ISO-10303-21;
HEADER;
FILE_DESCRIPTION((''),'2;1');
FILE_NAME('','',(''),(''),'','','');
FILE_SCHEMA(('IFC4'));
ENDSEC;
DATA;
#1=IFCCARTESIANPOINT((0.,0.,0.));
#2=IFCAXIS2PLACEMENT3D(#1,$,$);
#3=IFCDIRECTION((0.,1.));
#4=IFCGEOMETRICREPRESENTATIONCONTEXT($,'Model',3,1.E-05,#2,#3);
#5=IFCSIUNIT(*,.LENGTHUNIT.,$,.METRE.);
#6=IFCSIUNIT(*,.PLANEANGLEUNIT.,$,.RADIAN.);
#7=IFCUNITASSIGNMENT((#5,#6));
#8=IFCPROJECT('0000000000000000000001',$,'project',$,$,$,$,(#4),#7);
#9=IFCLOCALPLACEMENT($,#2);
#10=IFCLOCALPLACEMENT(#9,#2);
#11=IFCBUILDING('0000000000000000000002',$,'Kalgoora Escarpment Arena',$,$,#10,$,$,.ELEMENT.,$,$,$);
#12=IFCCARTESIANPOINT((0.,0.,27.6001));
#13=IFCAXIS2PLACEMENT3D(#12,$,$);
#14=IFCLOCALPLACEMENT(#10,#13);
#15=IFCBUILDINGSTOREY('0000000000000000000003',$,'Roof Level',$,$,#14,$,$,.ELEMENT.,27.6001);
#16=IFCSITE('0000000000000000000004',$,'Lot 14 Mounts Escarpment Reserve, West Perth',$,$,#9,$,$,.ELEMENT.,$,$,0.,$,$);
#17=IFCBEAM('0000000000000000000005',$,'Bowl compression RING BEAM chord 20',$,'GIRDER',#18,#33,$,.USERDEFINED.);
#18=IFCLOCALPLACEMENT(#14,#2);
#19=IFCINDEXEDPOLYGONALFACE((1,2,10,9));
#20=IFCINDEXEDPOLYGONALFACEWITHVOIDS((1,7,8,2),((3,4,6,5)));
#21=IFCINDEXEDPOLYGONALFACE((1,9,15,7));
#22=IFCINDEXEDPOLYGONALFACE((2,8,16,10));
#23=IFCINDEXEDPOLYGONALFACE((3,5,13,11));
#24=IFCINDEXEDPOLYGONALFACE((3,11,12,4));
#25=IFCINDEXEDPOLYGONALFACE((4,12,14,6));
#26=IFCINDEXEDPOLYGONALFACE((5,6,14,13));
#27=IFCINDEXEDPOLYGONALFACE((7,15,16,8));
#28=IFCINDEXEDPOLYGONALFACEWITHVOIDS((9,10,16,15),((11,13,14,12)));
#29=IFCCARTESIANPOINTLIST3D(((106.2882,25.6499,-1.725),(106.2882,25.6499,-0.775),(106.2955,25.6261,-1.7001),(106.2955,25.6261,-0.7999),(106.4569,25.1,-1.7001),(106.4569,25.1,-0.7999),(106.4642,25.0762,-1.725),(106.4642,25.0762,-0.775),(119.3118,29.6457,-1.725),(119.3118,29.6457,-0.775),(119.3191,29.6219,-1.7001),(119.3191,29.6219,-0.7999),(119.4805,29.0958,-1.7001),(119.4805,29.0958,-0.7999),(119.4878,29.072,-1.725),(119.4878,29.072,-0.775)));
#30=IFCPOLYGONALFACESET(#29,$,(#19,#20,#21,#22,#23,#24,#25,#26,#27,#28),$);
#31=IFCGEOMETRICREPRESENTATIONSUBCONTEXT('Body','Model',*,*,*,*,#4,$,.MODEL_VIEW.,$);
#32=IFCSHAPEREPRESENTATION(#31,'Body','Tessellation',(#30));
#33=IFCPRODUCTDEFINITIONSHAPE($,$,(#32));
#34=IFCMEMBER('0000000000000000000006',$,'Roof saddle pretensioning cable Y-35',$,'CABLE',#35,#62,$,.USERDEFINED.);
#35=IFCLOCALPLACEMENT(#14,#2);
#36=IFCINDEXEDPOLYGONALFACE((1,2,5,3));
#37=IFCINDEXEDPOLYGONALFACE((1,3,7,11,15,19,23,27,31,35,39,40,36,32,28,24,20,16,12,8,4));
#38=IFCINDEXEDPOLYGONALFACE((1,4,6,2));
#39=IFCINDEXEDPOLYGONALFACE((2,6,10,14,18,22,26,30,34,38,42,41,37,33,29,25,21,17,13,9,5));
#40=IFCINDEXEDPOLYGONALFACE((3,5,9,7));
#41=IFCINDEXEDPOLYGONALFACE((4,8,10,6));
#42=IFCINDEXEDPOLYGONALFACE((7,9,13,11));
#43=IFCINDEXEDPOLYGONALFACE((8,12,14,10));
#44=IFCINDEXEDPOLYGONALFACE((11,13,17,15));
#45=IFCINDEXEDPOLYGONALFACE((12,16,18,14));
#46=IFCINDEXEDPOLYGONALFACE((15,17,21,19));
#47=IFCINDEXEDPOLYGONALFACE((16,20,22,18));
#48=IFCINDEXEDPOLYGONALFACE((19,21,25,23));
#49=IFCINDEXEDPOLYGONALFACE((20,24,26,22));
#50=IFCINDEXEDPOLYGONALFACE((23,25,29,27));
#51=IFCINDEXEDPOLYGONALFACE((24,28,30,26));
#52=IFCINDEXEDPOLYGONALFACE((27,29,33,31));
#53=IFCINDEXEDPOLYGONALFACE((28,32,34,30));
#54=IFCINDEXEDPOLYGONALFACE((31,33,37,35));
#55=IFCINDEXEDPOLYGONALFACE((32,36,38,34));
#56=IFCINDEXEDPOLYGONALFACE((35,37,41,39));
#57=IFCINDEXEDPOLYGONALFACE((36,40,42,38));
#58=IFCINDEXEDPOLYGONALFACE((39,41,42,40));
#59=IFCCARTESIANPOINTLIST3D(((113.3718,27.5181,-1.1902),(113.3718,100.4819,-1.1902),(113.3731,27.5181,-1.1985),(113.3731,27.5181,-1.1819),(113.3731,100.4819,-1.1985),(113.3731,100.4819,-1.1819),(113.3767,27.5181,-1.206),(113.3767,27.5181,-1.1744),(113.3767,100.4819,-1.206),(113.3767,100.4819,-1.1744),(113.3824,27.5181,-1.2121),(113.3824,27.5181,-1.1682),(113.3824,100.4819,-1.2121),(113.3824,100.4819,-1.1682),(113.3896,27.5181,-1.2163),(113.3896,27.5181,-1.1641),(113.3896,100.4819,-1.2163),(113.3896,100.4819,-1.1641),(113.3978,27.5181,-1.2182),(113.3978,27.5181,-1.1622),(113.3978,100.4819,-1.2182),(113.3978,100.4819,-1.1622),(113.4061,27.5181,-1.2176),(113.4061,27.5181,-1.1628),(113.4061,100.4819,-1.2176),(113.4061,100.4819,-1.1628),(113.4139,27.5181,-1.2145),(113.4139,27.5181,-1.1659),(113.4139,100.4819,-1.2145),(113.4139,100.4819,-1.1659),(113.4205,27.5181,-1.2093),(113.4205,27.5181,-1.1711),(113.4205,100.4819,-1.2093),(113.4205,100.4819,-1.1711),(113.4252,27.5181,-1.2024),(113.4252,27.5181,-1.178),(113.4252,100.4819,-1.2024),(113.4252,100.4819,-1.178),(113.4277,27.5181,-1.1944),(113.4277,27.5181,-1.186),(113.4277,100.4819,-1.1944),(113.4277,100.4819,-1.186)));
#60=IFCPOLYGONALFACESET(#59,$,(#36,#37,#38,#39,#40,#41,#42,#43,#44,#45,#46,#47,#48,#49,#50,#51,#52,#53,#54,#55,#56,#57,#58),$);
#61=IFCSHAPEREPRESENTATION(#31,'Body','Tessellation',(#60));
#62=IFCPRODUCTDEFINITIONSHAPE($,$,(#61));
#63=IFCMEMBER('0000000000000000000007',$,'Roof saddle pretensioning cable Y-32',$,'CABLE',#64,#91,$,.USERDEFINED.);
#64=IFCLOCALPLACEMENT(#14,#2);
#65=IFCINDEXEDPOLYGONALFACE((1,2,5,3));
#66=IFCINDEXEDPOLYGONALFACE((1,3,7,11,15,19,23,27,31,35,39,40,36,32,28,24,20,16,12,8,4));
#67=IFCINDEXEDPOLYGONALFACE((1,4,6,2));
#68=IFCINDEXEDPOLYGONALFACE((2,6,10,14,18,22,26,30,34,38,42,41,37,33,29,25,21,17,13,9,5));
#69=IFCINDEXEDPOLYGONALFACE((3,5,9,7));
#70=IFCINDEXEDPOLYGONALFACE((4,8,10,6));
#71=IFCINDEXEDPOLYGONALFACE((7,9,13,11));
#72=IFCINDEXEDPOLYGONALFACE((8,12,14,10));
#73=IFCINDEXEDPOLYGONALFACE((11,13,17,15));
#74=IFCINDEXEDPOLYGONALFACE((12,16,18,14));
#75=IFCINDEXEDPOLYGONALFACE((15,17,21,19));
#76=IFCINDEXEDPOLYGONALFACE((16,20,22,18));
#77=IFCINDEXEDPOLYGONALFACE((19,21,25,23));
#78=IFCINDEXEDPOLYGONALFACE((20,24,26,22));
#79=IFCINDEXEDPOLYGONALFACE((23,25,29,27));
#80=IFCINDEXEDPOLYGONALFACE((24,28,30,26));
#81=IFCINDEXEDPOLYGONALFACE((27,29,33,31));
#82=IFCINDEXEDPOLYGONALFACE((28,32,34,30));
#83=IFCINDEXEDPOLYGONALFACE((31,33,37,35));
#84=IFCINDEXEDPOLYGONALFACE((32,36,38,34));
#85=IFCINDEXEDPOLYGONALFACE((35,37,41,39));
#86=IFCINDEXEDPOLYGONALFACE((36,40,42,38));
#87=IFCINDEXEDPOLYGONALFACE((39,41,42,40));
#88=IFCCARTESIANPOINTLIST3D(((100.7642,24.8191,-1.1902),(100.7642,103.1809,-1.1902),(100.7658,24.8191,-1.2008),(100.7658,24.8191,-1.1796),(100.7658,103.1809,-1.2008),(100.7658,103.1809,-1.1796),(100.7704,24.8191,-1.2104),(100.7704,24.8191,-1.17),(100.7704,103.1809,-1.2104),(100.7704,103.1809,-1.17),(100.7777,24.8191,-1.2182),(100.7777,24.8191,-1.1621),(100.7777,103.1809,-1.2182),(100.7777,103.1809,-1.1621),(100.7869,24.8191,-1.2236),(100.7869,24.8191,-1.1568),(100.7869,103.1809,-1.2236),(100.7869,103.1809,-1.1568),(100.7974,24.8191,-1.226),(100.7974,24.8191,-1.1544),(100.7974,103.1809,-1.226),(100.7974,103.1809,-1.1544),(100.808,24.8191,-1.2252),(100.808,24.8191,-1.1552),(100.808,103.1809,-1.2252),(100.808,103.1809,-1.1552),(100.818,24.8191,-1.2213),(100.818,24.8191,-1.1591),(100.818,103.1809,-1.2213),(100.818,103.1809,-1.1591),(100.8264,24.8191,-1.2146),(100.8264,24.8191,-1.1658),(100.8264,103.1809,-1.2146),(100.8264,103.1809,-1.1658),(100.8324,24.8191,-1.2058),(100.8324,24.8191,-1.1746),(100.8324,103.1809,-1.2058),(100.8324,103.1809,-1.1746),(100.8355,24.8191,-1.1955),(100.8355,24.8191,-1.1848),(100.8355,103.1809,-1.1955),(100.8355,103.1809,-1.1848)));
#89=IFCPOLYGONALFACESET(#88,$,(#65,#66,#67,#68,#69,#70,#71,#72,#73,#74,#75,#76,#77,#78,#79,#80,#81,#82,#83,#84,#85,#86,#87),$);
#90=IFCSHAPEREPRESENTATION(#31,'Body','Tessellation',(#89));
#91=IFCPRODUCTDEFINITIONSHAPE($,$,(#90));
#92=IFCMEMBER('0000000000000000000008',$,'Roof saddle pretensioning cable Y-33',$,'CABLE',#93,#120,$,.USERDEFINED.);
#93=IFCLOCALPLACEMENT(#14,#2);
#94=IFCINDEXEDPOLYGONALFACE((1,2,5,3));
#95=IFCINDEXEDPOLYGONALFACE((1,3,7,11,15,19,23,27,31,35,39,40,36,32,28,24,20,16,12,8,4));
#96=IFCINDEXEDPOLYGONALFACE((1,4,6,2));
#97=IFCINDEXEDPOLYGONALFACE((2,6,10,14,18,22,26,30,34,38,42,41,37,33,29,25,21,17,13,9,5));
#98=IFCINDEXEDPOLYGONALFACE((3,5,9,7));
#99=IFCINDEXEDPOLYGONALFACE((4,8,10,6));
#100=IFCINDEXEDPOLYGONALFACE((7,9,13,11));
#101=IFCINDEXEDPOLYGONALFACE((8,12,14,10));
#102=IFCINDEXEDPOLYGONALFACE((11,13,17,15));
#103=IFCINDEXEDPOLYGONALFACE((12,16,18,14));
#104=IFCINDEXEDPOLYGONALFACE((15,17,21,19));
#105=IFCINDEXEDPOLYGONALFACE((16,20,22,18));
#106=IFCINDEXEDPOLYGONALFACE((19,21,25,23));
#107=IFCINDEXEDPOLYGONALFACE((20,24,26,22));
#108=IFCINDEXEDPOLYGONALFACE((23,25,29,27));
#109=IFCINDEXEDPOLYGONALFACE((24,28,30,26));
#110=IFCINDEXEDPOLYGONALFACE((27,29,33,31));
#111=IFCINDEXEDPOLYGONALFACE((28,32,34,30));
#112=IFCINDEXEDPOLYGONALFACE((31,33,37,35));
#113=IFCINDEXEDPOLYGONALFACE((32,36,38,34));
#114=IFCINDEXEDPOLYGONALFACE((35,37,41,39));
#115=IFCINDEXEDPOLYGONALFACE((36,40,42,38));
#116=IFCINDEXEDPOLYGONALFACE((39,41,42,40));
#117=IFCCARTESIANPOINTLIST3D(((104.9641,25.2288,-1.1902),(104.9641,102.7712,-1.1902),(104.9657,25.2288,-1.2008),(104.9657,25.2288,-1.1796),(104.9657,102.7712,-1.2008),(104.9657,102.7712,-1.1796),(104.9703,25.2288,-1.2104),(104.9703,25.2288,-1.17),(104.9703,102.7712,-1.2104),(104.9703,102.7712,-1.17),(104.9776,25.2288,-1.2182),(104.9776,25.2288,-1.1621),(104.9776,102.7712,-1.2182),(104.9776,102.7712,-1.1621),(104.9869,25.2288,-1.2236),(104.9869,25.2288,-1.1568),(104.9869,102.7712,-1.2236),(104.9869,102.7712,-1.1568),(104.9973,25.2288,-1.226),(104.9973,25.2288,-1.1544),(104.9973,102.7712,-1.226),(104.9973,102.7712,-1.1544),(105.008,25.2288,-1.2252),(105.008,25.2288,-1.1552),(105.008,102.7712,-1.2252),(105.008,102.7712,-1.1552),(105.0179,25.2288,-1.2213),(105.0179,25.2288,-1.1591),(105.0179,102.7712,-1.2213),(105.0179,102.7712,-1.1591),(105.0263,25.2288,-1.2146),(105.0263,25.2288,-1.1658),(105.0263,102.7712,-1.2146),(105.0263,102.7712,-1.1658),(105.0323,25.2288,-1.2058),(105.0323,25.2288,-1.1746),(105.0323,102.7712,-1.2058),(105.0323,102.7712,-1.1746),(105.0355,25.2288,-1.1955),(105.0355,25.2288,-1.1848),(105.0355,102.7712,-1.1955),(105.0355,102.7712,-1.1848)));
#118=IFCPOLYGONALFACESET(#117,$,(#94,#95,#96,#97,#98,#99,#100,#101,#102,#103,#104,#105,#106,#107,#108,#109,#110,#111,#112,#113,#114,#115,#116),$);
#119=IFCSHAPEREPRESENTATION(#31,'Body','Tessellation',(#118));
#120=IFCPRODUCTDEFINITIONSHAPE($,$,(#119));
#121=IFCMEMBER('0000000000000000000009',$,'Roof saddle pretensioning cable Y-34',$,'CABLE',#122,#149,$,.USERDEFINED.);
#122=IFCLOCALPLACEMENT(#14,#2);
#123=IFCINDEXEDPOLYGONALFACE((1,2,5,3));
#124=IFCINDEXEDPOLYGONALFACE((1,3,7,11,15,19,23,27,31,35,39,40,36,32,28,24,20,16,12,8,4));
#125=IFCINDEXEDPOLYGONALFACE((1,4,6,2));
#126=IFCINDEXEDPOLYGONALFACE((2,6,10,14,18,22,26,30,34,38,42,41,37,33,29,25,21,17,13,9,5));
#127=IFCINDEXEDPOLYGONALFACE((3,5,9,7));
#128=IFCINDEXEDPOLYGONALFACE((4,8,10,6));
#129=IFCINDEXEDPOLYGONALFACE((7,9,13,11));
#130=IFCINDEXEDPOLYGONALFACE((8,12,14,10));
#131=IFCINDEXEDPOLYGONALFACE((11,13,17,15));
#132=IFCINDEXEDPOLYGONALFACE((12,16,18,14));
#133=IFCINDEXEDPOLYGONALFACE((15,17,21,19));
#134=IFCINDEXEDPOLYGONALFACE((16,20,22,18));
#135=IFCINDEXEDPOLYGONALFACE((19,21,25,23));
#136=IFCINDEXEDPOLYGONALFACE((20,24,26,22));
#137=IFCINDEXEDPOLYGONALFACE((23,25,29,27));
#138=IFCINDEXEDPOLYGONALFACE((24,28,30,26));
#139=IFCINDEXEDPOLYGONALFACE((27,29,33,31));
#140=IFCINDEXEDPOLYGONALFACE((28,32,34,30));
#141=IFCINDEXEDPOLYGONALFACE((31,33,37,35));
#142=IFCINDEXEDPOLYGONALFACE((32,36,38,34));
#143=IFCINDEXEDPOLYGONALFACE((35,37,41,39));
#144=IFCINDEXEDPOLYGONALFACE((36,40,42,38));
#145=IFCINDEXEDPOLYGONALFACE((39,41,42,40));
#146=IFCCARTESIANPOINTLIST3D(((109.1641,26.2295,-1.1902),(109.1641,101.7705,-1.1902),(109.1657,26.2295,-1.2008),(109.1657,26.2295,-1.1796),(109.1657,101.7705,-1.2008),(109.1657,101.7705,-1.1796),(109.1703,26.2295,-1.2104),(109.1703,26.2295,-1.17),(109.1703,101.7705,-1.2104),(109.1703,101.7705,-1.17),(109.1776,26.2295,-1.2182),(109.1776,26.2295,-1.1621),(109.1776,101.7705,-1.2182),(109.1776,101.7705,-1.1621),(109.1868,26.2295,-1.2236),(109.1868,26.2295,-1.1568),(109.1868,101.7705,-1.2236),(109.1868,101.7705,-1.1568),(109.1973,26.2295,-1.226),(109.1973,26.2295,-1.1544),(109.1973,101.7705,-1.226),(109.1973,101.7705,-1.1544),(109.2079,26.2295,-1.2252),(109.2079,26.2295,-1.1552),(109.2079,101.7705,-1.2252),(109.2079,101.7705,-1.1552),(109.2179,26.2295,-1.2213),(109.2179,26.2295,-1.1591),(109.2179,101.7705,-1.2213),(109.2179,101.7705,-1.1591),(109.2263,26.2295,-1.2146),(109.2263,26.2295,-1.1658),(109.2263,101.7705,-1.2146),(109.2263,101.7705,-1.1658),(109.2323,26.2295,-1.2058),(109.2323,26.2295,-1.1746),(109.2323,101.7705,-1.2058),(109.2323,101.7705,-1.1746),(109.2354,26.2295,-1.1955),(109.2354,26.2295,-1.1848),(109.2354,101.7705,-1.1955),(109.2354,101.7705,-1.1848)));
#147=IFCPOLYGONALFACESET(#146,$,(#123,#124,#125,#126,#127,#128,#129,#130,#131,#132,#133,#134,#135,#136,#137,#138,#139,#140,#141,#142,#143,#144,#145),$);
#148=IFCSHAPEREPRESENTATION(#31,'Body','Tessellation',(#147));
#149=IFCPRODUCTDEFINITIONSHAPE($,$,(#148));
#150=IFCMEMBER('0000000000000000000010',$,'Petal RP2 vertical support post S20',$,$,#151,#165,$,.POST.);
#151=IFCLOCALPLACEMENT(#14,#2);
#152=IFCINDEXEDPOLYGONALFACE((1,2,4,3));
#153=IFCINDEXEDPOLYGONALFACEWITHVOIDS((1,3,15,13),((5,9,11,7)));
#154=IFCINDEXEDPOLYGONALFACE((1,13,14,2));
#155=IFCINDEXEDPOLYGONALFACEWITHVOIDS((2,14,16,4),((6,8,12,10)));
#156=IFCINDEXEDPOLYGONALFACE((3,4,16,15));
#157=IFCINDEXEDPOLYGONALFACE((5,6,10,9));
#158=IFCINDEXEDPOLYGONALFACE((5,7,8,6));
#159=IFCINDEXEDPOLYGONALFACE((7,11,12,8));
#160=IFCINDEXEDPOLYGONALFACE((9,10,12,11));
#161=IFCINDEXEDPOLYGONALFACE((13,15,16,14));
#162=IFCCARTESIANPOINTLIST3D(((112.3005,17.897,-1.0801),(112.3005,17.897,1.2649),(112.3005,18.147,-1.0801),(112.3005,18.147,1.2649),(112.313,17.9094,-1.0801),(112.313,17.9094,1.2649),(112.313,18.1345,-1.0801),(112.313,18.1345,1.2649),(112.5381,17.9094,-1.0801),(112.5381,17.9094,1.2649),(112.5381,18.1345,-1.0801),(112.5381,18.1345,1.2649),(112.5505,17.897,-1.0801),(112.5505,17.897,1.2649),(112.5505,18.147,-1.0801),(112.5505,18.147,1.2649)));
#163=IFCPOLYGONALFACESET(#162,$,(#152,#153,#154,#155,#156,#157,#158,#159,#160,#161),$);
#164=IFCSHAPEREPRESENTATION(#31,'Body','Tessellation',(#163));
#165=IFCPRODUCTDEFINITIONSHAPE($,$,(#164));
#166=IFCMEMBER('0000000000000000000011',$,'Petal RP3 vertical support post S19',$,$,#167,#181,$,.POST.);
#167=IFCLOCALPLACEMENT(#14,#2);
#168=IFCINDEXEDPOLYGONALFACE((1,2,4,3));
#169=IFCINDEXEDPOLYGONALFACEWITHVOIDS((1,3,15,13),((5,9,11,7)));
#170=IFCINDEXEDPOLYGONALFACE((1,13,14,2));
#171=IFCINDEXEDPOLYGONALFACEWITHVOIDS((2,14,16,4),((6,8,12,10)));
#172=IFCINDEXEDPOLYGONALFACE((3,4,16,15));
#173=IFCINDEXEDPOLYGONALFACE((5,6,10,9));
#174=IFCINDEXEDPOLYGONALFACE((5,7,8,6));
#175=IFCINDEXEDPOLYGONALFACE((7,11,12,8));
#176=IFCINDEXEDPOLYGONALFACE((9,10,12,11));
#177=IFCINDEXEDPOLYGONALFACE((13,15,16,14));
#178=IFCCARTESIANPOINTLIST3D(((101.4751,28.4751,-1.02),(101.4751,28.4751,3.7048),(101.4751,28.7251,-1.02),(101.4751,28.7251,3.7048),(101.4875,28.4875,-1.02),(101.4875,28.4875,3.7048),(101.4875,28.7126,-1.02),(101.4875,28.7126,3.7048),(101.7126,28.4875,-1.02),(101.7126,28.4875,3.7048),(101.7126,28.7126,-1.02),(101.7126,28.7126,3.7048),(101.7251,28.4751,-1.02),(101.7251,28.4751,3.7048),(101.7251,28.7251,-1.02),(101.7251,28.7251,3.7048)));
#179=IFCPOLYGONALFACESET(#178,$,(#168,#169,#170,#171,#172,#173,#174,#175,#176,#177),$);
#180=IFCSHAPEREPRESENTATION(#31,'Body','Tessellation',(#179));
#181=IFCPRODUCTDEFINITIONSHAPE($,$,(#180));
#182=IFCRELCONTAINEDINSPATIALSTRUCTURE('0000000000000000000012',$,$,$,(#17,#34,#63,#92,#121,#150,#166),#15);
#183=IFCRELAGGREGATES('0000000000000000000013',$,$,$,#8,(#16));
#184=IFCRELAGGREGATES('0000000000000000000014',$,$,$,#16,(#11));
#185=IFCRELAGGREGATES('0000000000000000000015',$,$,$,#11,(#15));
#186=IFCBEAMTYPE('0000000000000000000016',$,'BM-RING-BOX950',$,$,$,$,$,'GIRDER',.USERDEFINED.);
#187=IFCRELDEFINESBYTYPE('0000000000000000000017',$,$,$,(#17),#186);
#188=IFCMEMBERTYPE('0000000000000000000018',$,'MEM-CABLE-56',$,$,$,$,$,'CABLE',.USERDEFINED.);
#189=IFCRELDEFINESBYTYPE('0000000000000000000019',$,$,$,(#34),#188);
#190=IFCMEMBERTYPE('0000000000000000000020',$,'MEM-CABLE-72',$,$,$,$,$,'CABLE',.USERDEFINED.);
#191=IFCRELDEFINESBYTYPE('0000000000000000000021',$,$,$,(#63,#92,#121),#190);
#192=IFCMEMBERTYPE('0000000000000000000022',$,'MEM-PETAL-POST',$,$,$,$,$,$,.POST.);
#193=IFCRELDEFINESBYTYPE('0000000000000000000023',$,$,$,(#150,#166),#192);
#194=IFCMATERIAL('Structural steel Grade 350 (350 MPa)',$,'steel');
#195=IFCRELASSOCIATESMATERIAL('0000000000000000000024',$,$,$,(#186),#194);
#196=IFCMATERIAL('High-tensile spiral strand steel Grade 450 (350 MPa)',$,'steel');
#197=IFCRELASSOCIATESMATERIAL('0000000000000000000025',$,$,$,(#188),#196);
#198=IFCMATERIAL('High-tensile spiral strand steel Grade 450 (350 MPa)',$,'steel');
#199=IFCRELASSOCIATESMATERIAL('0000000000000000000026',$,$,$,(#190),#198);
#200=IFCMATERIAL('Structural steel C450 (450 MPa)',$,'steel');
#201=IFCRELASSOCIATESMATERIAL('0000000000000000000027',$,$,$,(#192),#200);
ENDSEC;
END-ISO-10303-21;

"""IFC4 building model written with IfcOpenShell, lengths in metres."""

from ifc_helpers import new_model, si_unit, direction, frame, origin, origin_2d, place, context, subcontext, project, spatial, hollow_rectangle, circle, extrude, material, material_profile, profile_set, type_object, element, save


model = new_model("IFC4")

# Units and contexts
model_context = context("Model", 3, precision=1e-05, world=origin(), true_north=direction((0.0, 1.0)))
body_context = subcontext(model_context, "Body", "Model", "MODEL_VIEW")
ifc_project = project(units=[si_unit("LENGTHUNIT", "METRE"), si_unit("PLANEANGLEUNIT", "RADIAN")], contexts=[model_context])

# Site, building, storey
site_placement = place(None, origin())
site = spatial("IfcSite", under=ifc_project, at=site_placement, Name="Lot 14 Mounts Escarpment Reserve, West Perth", CompositionType="ELEMENT", RefElevation=0.0)
building_placement = place(site_placement, origin())
building = spatial("IfcBuilding", under=site, at=building_placement, Name="Kalgoora Escarpment Arena", CompositionType="ELEMENT")
storey_placement = place(building_placement, frame((0.0, 0.0, 27.6001)))
storey = spatial("IfcBuildingStorey", under=building, at=storey_placement, Name="Roof Level", CompositionType="ELEMENT", Elevation=27.6001)

# Beam
ifc_material_1 = material(Name="Structural steel Grade 350 (350 MPa)", Category="steel")
ifc_material_profile_1 = material_profile(ifc_material_1, hollow_rectangle(XDim=0.6001, YDim=0.95, WallThickness=0.0249, at=origin_2d()))
ifc_profile_set_1 = profile_set([ifc_material_profile_1], Name="Structural steel Grade 350 (350 MPa)")
beam_type = type_object("IfcBeamType", Name="BM-RING-BOX950", ElementType="GIRDER", PredefinedType="USERDEFINED", material=ifc_profile_set_1)
beam_placement = place(storey_placement, frame((106.3762, 25.363, -1.25), z_axis=(0.956015, 0.293319, 0.0), x_axis=(-0.293319, 0.956015, 0.0)))
element("IfcBeam", 1, at=beam_placement, inside=storey, type_object=beam_type, Name="Bowl compression RING BEAM chord 20", ObjectType="GIRDER", PredefinedType="USERDEFINED", context=body_context, shape_type="SweptSolid", body=[
    extrude(hollow_rectangle(XDim=0.6001, YDim=0.95, WallThickness=0.0249, at=origin_2d()), origin(), (0.0, 0.0, 1.0), 13.6228),
])

# Members
ifc_material_2 = material(Name="High-tensile spiral strand steel Grade 450 (350 MPa)", Category="steel")
ifc_material_profile_2 = material_profile(ifc_material_2, circle(Radius=0.0281, at=origin_2d()))
ifc_profile_set_2 = profile_set([ifc_material_profile_2], Name="High-tensile spiral strand steel Grade 450 (350 MPa)")
member_type_1 = type_object("IfcMemberType", Name="MEM-CABLE-56", ElementType="CABLE", PredefinedType="USERDEFINED", material=ifc_profile_set_2)
member_1_placement = place(storey_placement, frame((113.3999, 27.5181, -1.1902), z_axis=(0.0, 1.0, 0.0), x_axis=(-1.0, 0.0, 0.0)))
element("IfcMember", 2, at=member_1_placement, inside=storey, type_object=member_type_1, Name="Roof saddle pretensioning cable Y-35", ObjectType="CABLE", PredefinedType="USERDEFINED", context=body_context, shape_type="SweptSolid", body=[
    extrude(circle(Radius=0.0281, at=origin_2d()), origin(), (0.0, 0.0, 1.0), 72.9639),
])
ifc_material_3 = material(Name="High-tensile spiral strand steel Grade 450 (350 MPa)", Category="steel")
ifc_material_profile_3 = material_profile(ifc_material_3, circle(Radius=0.0359, at=origin_2d()))
ifc_profile_set_3 = profile_set([ifc_material_profile_3], Name="High-tensile spiral strand steel Grade 450 (350 MPa)")
member_type_2 = type_object("IfcMemberType", Name="MEM-CABLE-72", ElementType="CABLE", PredefinedType="USERDEFINED", material=ifc_profile_set_3)
member_2_placement = place(storey_placement, frame((100.8, 24.8191, -1.1902), z_axis=(0.0, 1.0, 0.0), x_axis=(-1.0, 0.0, 0.0)))
element("IfcMember", 3, at=member_2_placement, inside=storey, type_object=member_type_2, Name="Roof saddle pretensioning cable Y-32", ObjectType="CABLE", PredefinedType="USERDEFINED", context=body_context, shape_type="SweptSolid", body=[
    extrude(circle(Radius=0.0359, at=origin_2d()), origin(), (0.0, 0.0, 1.0), 78.3618),
])
member_3_placement = place(storey_placement, frame((105.0, 25.2288, -1.1902), z_axis=(0.0, 1.0, 0.0), x_axis=(-1.0, 0.0, 0.0)))
element("IfcMember", 4, at=member_3_placement, inside=storey, type_object=member_type_2, Name="Roof saddle pretensioning cable Y-33", ObjectType="CABLE", PredefinedType="USERDEFINED", context=body_context, shape_type="SweptSolid", body=[
    extrude(circle(Radius=0.0359, at=origin_2d()), origin(), (0.0, 0.0, 1.0), 77.5425),
])
member_4_placement = place(storey_placement, frame((109.2, 26.2295, -1.1902), z_axis=(0.0, 1.0, 0.0), x_axis=(-1.0, 0.0, 0.0)))
element("IfcMember", 5, at=member_4_placement, inside=storey, type_object=member_type_2, Name="Roof saddle pretensioning cable Y-34", ObjectType="CABLE", PredefinedType="USERDEFINED", context=body_context, shape_type="SweptSolid", body=[
    extrude(circle(Radius=0.0359, at=origin_2d()), origin(), (0.0, 0.0, 1.0), 75.541),
])
ifc_material_4 = material(Name="Structural steel C450 (450 MPa)", Category="steel")
ifc_material_profile_4 = material_profile(ifc_material_4, hollow_rectangle(XDim=0.25, YDim=0.25, WallThickness=0.0125, at=origin_2d()))
ifc_profile_set_4 = profile_set([ifc_material_profile_4], Name="Structural steel C450 (450 MPa)")
member_type_3 = type_object("IfcMemberType", Name="MEM-PETAL-POST", PredefinedType="POST", material=ifc_profile_set_4)
member_5_placement = place(storey_placement, frame((112.4255, 18.022, -1.0801), z_axis=(0.0, 0.0, 1.0), x_axis=(1.0, 0.0, 0.0)))
element("IfcMember", 6, at=member_5_placement, inside=storey, type_object=member_type_3, Name="Petal RP2 vertical support post S20", PredefinedType="POST", context=body_context, shape_type="SweptSolid", body=[
    extrude(hollow_rectangle(XDim=0.25, YDim=0.25, WallThickness=0.0125, at=origin_2d()), origin(), (0.0, 0.0, 1.0), 2.345),
])
for number, where, z_axis, x_axis, name in (
    (7, (101.6001, 28.6001, -1.02), (0.0, 0.0, 1.0), (1.0, 0.0, 0.0), "Petal RP3 vertical support post S19"),
):
    element("IfcMember", number, at=place(storey_placement, frame(where, z_axis=z_axis, x_axis=x_axis)), inside=storey, type_object=member_type_3, Name=name, PredefinedType="POST", context=body_context, shape_type="SweptSolid", body=[
        extrude(hollow_rectangle(XDim=0.25, YDim=0.25, WallThickness=0.0125, at=origin_2d()), origin(), (0.0, 0.0, 1.0), 4.7249),
    ])

save(model, "model.ifc")
